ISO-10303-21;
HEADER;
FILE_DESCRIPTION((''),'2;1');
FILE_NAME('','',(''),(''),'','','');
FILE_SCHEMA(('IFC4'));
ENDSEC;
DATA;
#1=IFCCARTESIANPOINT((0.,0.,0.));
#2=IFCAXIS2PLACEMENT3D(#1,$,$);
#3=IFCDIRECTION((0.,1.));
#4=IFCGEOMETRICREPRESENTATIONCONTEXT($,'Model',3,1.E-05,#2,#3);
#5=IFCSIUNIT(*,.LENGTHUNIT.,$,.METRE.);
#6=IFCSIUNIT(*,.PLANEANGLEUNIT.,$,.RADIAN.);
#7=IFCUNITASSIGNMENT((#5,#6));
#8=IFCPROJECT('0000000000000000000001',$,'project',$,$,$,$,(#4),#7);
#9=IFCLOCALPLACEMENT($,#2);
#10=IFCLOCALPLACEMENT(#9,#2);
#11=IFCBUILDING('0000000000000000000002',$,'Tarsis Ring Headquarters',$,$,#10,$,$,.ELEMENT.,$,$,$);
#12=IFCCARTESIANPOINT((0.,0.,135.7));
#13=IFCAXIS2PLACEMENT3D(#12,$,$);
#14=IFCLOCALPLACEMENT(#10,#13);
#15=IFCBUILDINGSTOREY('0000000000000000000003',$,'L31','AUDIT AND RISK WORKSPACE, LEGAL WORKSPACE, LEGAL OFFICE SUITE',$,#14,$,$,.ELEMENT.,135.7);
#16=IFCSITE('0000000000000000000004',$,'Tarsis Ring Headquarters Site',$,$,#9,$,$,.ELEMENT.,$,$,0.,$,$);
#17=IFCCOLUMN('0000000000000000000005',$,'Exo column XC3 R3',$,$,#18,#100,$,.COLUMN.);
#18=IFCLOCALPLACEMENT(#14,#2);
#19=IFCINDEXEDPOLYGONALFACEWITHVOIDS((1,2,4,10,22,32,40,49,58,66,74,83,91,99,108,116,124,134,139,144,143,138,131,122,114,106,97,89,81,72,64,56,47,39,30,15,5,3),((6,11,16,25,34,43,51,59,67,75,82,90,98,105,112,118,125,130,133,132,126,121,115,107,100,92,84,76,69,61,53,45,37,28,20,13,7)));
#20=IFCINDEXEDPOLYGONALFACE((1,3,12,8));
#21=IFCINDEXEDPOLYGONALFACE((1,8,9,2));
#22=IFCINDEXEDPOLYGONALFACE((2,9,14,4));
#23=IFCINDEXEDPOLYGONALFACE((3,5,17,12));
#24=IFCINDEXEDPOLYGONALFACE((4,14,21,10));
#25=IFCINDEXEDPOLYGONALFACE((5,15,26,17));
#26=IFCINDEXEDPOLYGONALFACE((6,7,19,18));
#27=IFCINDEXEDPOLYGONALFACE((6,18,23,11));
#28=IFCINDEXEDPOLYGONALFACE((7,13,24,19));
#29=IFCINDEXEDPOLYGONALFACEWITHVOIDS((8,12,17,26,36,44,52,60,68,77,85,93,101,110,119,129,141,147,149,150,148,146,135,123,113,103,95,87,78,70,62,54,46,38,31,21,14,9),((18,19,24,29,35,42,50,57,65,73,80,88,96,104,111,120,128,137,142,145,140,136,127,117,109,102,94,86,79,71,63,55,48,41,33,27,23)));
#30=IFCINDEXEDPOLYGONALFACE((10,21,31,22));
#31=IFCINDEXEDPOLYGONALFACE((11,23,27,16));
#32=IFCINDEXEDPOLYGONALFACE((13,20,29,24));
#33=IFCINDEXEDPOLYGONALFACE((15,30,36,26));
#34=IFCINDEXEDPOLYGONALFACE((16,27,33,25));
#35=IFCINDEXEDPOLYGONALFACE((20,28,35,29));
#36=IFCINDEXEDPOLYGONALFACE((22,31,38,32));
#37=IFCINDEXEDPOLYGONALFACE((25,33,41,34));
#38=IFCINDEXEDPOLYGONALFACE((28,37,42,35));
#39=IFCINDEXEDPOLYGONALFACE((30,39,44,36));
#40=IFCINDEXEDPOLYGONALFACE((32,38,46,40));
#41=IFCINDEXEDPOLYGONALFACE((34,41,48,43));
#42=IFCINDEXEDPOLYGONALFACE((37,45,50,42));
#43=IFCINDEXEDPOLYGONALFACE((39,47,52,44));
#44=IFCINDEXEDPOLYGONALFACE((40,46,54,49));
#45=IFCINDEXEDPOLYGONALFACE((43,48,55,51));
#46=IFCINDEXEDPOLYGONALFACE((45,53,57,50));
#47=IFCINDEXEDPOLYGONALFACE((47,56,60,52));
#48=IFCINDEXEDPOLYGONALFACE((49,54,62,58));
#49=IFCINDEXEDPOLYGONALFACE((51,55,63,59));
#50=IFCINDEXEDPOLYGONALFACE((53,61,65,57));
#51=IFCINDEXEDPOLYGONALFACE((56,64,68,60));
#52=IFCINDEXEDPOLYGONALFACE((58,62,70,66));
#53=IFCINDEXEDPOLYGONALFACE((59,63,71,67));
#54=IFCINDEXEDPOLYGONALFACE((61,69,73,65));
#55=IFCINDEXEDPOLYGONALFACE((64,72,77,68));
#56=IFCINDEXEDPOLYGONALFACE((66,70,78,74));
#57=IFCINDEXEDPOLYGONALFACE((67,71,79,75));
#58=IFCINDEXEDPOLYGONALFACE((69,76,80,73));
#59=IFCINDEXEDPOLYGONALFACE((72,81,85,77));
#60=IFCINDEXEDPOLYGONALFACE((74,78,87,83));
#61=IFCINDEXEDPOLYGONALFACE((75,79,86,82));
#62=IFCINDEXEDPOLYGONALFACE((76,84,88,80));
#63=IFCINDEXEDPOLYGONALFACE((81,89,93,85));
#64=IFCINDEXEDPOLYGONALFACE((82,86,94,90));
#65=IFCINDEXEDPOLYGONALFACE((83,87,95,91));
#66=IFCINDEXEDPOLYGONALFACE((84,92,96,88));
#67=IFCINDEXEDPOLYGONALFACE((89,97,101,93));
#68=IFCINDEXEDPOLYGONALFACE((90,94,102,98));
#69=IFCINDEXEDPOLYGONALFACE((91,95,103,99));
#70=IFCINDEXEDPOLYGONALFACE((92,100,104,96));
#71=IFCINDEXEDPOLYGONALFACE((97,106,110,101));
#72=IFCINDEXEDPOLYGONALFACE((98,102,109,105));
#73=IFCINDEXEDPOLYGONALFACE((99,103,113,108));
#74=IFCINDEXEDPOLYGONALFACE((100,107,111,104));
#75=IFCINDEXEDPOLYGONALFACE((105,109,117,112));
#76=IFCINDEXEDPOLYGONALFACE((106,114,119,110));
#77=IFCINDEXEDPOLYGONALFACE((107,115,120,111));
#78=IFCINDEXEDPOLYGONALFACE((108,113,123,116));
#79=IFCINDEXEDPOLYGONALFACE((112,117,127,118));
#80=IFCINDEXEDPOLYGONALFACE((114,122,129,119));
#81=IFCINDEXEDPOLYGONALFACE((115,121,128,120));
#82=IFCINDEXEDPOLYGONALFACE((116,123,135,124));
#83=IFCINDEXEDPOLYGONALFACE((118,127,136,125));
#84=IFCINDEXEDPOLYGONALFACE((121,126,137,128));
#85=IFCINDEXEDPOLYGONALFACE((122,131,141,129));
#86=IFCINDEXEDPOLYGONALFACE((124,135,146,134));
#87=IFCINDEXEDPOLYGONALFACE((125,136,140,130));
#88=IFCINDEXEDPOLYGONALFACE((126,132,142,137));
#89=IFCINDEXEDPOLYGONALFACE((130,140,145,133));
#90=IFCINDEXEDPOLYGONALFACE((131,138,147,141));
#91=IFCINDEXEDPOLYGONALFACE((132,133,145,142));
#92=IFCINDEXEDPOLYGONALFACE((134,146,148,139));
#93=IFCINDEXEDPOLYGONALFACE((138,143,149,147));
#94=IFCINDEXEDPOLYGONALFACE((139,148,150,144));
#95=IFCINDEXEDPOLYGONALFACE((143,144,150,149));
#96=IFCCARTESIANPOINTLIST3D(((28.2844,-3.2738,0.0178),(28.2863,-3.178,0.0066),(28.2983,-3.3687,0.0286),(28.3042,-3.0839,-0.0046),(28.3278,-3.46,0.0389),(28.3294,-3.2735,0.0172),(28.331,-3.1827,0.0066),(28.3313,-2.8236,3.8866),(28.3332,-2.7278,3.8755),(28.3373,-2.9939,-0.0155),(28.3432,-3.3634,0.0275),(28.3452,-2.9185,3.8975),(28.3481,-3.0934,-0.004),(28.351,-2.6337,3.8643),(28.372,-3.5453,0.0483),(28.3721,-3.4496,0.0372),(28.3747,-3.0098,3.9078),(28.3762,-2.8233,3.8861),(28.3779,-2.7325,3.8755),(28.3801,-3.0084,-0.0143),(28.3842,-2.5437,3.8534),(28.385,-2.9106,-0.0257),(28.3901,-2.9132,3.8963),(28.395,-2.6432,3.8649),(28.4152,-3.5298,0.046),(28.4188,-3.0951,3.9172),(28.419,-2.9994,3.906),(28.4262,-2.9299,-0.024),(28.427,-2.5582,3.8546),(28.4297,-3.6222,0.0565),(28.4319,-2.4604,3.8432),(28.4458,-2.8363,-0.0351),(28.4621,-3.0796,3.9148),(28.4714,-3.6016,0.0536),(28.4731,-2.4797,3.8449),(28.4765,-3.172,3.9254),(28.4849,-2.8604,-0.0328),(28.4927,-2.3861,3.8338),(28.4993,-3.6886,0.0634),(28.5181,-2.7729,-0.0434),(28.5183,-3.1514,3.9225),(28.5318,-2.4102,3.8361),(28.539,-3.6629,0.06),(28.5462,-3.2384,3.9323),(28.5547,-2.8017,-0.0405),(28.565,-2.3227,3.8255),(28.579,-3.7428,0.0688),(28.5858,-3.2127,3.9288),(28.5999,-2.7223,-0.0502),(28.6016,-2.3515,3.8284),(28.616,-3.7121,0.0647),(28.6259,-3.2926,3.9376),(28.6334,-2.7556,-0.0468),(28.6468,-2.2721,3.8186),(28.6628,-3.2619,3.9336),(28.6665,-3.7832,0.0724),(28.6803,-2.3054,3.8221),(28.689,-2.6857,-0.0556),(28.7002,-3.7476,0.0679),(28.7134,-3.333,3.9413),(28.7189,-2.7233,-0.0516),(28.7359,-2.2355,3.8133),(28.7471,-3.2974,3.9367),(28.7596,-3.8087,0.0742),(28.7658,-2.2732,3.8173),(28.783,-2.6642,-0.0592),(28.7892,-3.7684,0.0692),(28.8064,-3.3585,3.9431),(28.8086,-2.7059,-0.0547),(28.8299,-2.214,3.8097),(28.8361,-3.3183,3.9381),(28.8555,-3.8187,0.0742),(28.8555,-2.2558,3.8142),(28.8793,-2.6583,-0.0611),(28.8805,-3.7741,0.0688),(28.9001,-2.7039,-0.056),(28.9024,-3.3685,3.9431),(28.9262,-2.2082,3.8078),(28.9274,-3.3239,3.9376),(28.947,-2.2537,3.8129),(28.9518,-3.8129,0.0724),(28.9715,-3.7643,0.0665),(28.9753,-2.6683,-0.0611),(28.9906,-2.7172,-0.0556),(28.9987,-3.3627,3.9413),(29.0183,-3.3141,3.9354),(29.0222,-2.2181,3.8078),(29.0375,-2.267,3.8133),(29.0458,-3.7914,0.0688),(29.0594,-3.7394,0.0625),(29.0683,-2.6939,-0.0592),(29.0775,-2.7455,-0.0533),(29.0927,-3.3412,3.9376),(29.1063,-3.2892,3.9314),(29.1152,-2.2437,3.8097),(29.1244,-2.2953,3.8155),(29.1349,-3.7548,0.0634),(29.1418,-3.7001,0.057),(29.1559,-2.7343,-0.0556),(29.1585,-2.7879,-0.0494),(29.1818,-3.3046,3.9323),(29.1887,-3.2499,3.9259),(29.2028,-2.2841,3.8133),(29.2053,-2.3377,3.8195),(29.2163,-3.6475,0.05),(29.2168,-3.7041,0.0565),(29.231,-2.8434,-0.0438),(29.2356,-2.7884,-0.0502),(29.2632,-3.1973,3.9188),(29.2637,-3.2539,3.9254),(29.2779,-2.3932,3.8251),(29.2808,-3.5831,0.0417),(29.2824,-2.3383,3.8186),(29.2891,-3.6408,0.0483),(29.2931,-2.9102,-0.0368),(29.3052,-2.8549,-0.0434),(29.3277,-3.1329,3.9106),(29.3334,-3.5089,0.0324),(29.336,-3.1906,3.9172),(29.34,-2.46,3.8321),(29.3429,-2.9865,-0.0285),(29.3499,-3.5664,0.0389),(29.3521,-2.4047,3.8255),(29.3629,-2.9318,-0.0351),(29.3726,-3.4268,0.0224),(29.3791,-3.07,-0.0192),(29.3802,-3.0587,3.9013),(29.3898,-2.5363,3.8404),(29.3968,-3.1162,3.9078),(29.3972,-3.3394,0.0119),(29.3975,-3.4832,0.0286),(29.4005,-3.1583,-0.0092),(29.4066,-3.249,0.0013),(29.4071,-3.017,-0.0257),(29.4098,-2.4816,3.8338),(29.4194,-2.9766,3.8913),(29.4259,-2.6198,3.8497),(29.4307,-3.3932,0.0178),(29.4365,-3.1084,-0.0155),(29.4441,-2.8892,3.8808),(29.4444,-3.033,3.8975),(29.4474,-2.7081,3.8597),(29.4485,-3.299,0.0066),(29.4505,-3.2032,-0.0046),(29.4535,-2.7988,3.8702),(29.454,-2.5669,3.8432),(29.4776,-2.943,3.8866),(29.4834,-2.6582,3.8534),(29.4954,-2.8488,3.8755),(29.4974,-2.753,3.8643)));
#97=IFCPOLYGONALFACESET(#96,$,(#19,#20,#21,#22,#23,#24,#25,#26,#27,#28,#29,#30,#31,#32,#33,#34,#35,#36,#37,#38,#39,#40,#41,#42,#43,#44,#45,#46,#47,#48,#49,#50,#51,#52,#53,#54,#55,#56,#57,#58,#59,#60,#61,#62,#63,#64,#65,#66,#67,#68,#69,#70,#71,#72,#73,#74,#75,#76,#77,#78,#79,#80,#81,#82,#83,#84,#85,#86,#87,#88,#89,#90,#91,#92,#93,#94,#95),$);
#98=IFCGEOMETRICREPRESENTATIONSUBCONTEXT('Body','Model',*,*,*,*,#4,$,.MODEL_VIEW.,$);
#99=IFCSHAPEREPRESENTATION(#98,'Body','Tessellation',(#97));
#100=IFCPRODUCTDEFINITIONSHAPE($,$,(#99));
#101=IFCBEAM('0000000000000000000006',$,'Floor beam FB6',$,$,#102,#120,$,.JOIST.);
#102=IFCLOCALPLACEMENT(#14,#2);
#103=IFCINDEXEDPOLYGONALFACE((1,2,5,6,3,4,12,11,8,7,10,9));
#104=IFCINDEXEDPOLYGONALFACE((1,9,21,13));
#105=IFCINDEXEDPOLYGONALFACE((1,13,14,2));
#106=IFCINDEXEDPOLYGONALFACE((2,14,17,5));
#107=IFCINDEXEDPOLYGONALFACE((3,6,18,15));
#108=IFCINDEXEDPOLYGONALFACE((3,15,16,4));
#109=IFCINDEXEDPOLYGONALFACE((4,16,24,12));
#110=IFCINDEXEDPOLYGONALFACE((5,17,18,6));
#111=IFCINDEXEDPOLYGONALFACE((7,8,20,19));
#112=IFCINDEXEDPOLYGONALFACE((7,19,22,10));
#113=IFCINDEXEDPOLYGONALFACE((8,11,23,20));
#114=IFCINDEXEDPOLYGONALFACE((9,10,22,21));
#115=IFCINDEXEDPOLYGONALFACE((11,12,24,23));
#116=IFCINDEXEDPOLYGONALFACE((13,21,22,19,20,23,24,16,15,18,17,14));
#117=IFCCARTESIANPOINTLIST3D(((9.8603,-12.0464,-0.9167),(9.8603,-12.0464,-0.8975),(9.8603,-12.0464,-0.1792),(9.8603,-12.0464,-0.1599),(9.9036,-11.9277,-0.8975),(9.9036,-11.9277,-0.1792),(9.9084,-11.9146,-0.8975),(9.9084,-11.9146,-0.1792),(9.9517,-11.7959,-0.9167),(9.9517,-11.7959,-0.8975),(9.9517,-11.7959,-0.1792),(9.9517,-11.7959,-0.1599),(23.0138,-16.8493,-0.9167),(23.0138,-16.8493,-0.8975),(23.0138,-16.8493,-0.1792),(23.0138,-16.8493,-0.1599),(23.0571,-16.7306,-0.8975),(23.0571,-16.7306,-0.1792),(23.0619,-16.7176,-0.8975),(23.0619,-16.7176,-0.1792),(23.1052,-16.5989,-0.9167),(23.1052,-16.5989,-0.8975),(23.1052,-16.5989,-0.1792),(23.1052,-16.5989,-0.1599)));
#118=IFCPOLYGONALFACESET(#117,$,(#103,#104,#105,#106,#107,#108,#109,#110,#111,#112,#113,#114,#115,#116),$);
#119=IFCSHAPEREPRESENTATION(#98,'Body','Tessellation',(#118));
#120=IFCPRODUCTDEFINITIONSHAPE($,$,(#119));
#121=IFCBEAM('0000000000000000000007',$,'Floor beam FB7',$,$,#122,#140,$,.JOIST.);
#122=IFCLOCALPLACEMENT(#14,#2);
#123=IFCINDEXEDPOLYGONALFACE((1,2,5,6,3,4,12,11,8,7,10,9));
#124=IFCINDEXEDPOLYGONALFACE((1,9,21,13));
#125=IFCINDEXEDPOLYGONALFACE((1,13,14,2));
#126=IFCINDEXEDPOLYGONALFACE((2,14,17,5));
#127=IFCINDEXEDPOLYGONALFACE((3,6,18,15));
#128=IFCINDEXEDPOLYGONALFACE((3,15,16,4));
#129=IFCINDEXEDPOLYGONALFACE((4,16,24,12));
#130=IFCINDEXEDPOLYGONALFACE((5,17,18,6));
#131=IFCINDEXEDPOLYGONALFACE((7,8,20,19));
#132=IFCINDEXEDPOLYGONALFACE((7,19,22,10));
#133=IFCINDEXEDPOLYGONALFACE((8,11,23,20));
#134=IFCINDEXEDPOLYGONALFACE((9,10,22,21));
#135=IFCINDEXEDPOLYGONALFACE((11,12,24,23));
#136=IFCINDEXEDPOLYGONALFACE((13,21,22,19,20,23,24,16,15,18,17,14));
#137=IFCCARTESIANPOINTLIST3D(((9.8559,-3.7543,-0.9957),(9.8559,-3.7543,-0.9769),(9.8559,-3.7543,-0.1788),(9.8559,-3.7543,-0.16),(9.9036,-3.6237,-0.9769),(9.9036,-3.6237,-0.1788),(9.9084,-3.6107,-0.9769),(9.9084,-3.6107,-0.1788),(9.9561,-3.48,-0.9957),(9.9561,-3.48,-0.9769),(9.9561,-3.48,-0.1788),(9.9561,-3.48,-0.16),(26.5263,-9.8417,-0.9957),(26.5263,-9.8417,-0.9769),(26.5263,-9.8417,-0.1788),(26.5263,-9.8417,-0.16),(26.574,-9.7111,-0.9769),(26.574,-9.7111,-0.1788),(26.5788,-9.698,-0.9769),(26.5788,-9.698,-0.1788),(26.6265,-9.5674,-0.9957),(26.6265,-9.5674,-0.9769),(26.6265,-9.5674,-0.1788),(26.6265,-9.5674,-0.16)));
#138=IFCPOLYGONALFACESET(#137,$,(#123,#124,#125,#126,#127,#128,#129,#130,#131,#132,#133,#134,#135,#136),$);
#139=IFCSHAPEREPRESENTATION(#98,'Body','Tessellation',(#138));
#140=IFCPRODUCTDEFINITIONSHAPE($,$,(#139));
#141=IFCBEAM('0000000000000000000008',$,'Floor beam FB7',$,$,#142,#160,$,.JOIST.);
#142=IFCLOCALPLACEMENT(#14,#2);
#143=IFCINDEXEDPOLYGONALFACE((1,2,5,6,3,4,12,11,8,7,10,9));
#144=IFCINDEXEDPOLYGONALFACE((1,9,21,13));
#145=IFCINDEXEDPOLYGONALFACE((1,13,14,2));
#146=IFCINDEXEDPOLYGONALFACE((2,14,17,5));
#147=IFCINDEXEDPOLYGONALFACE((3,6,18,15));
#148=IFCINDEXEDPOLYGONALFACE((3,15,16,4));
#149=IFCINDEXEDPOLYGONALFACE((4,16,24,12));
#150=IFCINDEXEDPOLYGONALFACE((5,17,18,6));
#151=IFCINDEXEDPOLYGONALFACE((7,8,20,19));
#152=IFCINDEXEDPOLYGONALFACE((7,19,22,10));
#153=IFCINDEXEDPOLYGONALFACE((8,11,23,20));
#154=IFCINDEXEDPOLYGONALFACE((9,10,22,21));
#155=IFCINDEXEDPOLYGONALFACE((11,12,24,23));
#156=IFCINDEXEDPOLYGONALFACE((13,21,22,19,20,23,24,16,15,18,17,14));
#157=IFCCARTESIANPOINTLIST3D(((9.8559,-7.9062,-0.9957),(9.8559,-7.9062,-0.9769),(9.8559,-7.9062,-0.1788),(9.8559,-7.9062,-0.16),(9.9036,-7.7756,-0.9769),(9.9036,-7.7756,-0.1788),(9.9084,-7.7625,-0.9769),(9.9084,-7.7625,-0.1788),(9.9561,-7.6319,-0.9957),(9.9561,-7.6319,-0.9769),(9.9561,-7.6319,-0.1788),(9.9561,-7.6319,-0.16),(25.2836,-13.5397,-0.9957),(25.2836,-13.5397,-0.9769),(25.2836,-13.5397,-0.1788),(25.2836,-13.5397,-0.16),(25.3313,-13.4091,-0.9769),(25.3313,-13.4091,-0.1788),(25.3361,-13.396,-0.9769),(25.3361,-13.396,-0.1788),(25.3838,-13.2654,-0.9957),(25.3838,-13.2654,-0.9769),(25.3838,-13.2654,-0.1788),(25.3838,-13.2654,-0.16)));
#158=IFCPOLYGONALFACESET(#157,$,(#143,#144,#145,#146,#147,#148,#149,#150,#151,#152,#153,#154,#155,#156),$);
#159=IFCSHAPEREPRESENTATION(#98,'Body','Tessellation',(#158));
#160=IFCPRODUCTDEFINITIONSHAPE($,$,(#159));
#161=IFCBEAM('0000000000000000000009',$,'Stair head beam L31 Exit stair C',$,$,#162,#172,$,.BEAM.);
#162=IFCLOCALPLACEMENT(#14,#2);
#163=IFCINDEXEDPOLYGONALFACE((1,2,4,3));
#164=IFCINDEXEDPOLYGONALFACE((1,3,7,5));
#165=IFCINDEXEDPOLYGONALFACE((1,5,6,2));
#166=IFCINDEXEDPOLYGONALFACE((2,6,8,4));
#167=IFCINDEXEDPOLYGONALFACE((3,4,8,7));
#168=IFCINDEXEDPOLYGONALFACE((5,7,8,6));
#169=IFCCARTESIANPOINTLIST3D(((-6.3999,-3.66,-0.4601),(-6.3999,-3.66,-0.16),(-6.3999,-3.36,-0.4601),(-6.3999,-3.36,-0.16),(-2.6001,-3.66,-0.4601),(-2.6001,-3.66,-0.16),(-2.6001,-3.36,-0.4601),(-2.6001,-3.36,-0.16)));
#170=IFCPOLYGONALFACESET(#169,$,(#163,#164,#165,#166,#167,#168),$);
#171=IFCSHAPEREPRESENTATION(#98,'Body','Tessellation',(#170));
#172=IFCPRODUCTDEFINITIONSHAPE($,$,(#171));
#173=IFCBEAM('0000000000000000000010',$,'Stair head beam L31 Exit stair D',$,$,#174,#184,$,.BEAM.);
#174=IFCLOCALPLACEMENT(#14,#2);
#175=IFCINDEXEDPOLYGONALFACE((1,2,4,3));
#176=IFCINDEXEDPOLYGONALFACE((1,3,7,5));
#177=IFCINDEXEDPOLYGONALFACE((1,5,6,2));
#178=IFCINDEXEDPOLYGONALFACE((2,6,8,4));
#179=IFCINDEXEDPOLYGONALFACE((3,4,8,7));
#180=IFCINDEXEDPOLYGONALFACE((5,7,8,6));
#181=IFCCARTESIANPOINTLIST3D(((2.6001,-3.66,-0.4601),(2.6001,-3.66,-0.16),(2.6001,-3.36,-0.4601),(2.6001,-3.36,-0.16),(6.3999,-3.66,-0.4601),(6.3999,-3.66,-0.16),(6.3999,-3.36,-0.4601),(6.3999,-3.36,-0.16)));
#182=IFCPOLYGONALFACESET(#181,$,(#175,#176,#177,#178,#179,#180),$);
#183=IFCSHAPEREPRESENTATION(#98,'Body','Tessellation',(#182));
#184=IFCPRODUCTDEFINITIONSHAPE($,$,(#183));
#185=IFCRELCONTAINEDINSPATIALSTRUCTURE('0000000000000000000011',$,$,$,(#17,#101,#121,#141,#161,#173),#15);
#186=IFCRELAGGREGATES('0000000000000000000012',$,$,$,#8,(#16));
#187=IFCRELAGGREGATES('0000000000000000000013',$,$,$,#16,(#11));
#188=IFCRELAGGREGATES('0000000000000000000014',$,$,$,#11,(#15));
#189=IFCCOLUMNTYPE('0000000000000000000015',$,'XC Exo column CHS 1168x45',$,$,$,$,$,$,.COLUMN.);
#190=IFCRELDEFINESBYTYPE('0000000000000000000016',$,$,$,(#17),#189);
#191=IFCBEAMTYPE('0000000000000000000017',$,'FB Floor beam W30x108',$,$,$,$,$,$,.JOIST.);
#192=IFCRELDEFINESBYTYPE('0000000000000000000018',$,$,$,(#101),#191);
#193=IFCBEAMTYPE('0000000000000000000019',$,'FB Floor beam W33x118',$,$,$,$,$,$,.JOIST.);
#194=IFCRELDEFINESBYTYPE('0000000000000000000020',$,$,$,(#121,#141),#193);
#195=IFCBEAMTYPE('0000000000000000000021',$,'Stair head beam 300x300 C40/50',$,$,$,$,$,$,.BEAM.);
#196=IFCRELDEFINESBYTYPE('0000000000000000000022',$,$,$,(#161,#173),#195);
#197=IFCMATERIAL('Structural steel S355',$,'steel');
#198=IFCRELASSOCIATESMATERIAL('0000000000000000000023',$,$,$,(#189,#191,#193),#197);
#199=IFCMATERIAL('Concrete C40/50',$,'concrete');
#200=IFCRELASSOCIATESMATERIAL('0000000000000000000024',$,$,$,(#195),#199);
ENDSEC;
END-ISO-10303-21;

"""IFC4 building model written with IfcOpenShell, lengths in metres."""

from ifc_helpers import new_model, si_unit, direction, frame, origin, origin_2d, place, context, subcontext, project, spatial, rectangle, hollow_circle, i_section, extrude, material, material_profile, profile_set, type_object, element, save


model = new_model("IFC4")

# Units and contexts
model_context = context("Model", 3, precision=1e-05, world=origin(), true_north=direction((0.0, 1.0)))
body_context = subcontext(model_context, "Body", "Model", "MODEL_VIEW")
ifc_project = project(units=[si_unit("LENGTHUNIT", "METRE"), si_unit("PLANEANGLEUNIT", "RADIAN")], contexts=[model_context])

# Site, building, storey
site_placement = place(None, origin())
site = spatial("IfcSite", under=ifc_project, at=site_placement, Name="Tarsis Ring Headquarters Site", CompositionType="ELEMENT", RefElevation=0.0)
building_placement = place(site_placement, origin())
building = spatial("IfcBuilding", under=site, at=building_placement, Name="Tarsis Ring Headquarters", CompositionType="ELEMENT")
storey_placement = place(building_placement, frame((0.0, 0.0, 135.7)))
storey = spatial("IfcBuildingStorey", under=building, at=storey_placement, Name="L31", Description="AUDIT AND RISK WORKSPACE, LEGAL WORKSPACE, LEGAL OFFICE SUITE", CompositionType="ELEMENT", Elevation=135.7)

# Column
ifc_material_1 = material(Name="Structural steel S355", Category="steel")
ifc_material_profile_1 = material_profile(ifc_material_1, hollow_circle(Radius=0.5842, WallThickness=0.0449, at=origin_2d()), Name="CHS 1168x45")
ifc_profile_set_1 = profile_set([ifc_material_profile_1], Name="Structural steel S355")
column_type = type_object("IfcColumnType", Name="XC Exo column CHS 1168x45", PredefinedType="COLUMN", material=ifc_profile_set_1)
column_placement = place(storey_placement, frame((28.8674, -3.2385, 0.0066), z_axis=(0.012034, 0.115574, 0.993226), x_axis=(-0.994623, 0.103562, 0.0)))
element("IfcColumn", 1, at=column_placement, inside=storey, type_object=column_type, Name="Exo column XC3 R3", PredefinedType="COLUMN", context=body_context, shape_type="SweptSolid", body=[
    extrude(hollow_circle(Radius=0.5842, WallThickness=0.0449, at=origin_2d()), origin(), (0.0, 0.0, 1.0), 3.8953),
])

# Beams
ifc_material_profile_2 = material_profile(ifc_material_1, i_section(OverallWidth=0.2666, OverallDepth=0.7568, WebThickness=0.0139, FlangeThickness=0.0193, at=origin_2d()), Name="W30x108")
ifc_profile_set_2 = profile_set([ifc_material_profile_2], Name="Structural steel S355")
beam_type_1 = type_object("IfcBeamType", Name="FB Floor beam W30x108", PredefinedType="JOIST", material=ifc_profile_set_2)
beam_1_placement = place(storey_placement, frame((9.906, -11.9211, -0.5383), z_axis=(0.939337, -0.342996, 0.0), x_axis=(0.342996, 0.939337, 0.0)))
element("IfcBeam", 2, at=beam_1_placement, inside=storey, type_object=beam_type_1, Name="Floor beam FB6", PredefinedType="JOIST", context=body_context, shape_type="SweptSolid", body=[
    extrude(i_section(OverallWidth=0.2666, OverallDepth=0.7568, WebThickness=0.0139, FlangeThickness=0.0193, at=origin_2d()), origin(), (0.0, 0.0, 1.0), 14.0029),
])
ifc_material_profile_3 = material_profile(ifc_material_1, i_section(OverallWidth=0.292, OverallDepth=0.8357, WebThickness=0.0139, FlangeThickness=0.0188, at=origin_2d()), Name="W33x118")
ifc_profile_set_3 = profile_set([ifc_material_profile_3], Name="Structural steel S355")
beam_type_2 = type_object("IfcBeamType", Name="FB Floor beam W33x118", PredefinedType="JOIST", material=ifc_profile_set_3)
beam_2_placement = place(storey_placement, frame((9.906, -3.6172, -0.5779), z_axis=(0.939332, -0.343009, 0.0), x_axis=(0.343009, 0.939332, 0.0)))
element("IfcBeam", 3, at=beam_2_placement, inside=storey, type_object=beam_type_2, Name="Floor beam FB7", PredefinedType="JOIST", context=body_context, shape_type="SweptSolid", body=[
    extrude(i_section(OverallWidth=0.292, OverallDepth=0.8357, WebThickness=0.0139, FlangeThickness=0.0188, at=origin_2d()), origin(), (0.0, 0.0, 1.0), 17.7471),
])
beam_3_placement = place(storey_placement, frame((9.906, -7.769, -0.5779), z_axis=(0.939334, -0.343004, 0.0), x_axis=(0.343004, 0.939334, 0.0)))
element("IfcBeam", 4, at=beam_3_placement, inside=storey, type_object=beam_type_2, Name="Floor beam FB7", PredefinedType="JOIST", context=body_context, shape_type="SweptSolid", body=[
    extrude(i_section(OverallWidth=0.292, OverallDepth=0.8357, WebThickness=0.0139, FlangeThickness=0.0188, at=origin_2d()), origin(), (0.0, 0.0, 1.0), 16.4241),
])
ifc_material_2 = material(Name="Concrete C40/50", Category="concrete")
ifc_material_profile_4 = material_profile(ifc_material_2, rectangle(XDim=0.3, YDim=0.3, at=origin_2d()), Name="Stair head beam 300x300 C40/50")
ifc_profile_set_4 = profile_set([ifc_material_profile_4], Name="Concrete C40/50")
beam_type_3 = type_object("IfcBeamType", Name="Stair head beam 300x300 C40/50", PredefinedType="BEAM", material=ifc_profile_set_4)
for number, where, z_axis, x_axis, name in (
    (5, (-6.3999, -3.51, -0.3101), (1.0, 0.0, 0.0), (0.0, 1.0, 0.0), "Stair head beam L31 Exit stair C"),
    (6, (2.6001, -3.51, -0.3101), (1.0, 0.0, 0.0), (0.0, 1.0, 0.0), "Stair head beam L31 Exit stair D"),
):
    element("IfcBeam", number, at=place(storey_placement, frame(where, z_axis=z_axis, x_axis=x_axis)), inside=storey, type_object=beam_type_3, Name=name, PredefinedType="BEAM", context=body_context, shape_type="SweptSolid", body=[
        extrude(rectangle(XDim=0.3, YDim=0.3, at=origin_2d()), origin(), (0.0, 0.0, 1.0), 3.7998),
    ])

save(model, "model.ifc")
